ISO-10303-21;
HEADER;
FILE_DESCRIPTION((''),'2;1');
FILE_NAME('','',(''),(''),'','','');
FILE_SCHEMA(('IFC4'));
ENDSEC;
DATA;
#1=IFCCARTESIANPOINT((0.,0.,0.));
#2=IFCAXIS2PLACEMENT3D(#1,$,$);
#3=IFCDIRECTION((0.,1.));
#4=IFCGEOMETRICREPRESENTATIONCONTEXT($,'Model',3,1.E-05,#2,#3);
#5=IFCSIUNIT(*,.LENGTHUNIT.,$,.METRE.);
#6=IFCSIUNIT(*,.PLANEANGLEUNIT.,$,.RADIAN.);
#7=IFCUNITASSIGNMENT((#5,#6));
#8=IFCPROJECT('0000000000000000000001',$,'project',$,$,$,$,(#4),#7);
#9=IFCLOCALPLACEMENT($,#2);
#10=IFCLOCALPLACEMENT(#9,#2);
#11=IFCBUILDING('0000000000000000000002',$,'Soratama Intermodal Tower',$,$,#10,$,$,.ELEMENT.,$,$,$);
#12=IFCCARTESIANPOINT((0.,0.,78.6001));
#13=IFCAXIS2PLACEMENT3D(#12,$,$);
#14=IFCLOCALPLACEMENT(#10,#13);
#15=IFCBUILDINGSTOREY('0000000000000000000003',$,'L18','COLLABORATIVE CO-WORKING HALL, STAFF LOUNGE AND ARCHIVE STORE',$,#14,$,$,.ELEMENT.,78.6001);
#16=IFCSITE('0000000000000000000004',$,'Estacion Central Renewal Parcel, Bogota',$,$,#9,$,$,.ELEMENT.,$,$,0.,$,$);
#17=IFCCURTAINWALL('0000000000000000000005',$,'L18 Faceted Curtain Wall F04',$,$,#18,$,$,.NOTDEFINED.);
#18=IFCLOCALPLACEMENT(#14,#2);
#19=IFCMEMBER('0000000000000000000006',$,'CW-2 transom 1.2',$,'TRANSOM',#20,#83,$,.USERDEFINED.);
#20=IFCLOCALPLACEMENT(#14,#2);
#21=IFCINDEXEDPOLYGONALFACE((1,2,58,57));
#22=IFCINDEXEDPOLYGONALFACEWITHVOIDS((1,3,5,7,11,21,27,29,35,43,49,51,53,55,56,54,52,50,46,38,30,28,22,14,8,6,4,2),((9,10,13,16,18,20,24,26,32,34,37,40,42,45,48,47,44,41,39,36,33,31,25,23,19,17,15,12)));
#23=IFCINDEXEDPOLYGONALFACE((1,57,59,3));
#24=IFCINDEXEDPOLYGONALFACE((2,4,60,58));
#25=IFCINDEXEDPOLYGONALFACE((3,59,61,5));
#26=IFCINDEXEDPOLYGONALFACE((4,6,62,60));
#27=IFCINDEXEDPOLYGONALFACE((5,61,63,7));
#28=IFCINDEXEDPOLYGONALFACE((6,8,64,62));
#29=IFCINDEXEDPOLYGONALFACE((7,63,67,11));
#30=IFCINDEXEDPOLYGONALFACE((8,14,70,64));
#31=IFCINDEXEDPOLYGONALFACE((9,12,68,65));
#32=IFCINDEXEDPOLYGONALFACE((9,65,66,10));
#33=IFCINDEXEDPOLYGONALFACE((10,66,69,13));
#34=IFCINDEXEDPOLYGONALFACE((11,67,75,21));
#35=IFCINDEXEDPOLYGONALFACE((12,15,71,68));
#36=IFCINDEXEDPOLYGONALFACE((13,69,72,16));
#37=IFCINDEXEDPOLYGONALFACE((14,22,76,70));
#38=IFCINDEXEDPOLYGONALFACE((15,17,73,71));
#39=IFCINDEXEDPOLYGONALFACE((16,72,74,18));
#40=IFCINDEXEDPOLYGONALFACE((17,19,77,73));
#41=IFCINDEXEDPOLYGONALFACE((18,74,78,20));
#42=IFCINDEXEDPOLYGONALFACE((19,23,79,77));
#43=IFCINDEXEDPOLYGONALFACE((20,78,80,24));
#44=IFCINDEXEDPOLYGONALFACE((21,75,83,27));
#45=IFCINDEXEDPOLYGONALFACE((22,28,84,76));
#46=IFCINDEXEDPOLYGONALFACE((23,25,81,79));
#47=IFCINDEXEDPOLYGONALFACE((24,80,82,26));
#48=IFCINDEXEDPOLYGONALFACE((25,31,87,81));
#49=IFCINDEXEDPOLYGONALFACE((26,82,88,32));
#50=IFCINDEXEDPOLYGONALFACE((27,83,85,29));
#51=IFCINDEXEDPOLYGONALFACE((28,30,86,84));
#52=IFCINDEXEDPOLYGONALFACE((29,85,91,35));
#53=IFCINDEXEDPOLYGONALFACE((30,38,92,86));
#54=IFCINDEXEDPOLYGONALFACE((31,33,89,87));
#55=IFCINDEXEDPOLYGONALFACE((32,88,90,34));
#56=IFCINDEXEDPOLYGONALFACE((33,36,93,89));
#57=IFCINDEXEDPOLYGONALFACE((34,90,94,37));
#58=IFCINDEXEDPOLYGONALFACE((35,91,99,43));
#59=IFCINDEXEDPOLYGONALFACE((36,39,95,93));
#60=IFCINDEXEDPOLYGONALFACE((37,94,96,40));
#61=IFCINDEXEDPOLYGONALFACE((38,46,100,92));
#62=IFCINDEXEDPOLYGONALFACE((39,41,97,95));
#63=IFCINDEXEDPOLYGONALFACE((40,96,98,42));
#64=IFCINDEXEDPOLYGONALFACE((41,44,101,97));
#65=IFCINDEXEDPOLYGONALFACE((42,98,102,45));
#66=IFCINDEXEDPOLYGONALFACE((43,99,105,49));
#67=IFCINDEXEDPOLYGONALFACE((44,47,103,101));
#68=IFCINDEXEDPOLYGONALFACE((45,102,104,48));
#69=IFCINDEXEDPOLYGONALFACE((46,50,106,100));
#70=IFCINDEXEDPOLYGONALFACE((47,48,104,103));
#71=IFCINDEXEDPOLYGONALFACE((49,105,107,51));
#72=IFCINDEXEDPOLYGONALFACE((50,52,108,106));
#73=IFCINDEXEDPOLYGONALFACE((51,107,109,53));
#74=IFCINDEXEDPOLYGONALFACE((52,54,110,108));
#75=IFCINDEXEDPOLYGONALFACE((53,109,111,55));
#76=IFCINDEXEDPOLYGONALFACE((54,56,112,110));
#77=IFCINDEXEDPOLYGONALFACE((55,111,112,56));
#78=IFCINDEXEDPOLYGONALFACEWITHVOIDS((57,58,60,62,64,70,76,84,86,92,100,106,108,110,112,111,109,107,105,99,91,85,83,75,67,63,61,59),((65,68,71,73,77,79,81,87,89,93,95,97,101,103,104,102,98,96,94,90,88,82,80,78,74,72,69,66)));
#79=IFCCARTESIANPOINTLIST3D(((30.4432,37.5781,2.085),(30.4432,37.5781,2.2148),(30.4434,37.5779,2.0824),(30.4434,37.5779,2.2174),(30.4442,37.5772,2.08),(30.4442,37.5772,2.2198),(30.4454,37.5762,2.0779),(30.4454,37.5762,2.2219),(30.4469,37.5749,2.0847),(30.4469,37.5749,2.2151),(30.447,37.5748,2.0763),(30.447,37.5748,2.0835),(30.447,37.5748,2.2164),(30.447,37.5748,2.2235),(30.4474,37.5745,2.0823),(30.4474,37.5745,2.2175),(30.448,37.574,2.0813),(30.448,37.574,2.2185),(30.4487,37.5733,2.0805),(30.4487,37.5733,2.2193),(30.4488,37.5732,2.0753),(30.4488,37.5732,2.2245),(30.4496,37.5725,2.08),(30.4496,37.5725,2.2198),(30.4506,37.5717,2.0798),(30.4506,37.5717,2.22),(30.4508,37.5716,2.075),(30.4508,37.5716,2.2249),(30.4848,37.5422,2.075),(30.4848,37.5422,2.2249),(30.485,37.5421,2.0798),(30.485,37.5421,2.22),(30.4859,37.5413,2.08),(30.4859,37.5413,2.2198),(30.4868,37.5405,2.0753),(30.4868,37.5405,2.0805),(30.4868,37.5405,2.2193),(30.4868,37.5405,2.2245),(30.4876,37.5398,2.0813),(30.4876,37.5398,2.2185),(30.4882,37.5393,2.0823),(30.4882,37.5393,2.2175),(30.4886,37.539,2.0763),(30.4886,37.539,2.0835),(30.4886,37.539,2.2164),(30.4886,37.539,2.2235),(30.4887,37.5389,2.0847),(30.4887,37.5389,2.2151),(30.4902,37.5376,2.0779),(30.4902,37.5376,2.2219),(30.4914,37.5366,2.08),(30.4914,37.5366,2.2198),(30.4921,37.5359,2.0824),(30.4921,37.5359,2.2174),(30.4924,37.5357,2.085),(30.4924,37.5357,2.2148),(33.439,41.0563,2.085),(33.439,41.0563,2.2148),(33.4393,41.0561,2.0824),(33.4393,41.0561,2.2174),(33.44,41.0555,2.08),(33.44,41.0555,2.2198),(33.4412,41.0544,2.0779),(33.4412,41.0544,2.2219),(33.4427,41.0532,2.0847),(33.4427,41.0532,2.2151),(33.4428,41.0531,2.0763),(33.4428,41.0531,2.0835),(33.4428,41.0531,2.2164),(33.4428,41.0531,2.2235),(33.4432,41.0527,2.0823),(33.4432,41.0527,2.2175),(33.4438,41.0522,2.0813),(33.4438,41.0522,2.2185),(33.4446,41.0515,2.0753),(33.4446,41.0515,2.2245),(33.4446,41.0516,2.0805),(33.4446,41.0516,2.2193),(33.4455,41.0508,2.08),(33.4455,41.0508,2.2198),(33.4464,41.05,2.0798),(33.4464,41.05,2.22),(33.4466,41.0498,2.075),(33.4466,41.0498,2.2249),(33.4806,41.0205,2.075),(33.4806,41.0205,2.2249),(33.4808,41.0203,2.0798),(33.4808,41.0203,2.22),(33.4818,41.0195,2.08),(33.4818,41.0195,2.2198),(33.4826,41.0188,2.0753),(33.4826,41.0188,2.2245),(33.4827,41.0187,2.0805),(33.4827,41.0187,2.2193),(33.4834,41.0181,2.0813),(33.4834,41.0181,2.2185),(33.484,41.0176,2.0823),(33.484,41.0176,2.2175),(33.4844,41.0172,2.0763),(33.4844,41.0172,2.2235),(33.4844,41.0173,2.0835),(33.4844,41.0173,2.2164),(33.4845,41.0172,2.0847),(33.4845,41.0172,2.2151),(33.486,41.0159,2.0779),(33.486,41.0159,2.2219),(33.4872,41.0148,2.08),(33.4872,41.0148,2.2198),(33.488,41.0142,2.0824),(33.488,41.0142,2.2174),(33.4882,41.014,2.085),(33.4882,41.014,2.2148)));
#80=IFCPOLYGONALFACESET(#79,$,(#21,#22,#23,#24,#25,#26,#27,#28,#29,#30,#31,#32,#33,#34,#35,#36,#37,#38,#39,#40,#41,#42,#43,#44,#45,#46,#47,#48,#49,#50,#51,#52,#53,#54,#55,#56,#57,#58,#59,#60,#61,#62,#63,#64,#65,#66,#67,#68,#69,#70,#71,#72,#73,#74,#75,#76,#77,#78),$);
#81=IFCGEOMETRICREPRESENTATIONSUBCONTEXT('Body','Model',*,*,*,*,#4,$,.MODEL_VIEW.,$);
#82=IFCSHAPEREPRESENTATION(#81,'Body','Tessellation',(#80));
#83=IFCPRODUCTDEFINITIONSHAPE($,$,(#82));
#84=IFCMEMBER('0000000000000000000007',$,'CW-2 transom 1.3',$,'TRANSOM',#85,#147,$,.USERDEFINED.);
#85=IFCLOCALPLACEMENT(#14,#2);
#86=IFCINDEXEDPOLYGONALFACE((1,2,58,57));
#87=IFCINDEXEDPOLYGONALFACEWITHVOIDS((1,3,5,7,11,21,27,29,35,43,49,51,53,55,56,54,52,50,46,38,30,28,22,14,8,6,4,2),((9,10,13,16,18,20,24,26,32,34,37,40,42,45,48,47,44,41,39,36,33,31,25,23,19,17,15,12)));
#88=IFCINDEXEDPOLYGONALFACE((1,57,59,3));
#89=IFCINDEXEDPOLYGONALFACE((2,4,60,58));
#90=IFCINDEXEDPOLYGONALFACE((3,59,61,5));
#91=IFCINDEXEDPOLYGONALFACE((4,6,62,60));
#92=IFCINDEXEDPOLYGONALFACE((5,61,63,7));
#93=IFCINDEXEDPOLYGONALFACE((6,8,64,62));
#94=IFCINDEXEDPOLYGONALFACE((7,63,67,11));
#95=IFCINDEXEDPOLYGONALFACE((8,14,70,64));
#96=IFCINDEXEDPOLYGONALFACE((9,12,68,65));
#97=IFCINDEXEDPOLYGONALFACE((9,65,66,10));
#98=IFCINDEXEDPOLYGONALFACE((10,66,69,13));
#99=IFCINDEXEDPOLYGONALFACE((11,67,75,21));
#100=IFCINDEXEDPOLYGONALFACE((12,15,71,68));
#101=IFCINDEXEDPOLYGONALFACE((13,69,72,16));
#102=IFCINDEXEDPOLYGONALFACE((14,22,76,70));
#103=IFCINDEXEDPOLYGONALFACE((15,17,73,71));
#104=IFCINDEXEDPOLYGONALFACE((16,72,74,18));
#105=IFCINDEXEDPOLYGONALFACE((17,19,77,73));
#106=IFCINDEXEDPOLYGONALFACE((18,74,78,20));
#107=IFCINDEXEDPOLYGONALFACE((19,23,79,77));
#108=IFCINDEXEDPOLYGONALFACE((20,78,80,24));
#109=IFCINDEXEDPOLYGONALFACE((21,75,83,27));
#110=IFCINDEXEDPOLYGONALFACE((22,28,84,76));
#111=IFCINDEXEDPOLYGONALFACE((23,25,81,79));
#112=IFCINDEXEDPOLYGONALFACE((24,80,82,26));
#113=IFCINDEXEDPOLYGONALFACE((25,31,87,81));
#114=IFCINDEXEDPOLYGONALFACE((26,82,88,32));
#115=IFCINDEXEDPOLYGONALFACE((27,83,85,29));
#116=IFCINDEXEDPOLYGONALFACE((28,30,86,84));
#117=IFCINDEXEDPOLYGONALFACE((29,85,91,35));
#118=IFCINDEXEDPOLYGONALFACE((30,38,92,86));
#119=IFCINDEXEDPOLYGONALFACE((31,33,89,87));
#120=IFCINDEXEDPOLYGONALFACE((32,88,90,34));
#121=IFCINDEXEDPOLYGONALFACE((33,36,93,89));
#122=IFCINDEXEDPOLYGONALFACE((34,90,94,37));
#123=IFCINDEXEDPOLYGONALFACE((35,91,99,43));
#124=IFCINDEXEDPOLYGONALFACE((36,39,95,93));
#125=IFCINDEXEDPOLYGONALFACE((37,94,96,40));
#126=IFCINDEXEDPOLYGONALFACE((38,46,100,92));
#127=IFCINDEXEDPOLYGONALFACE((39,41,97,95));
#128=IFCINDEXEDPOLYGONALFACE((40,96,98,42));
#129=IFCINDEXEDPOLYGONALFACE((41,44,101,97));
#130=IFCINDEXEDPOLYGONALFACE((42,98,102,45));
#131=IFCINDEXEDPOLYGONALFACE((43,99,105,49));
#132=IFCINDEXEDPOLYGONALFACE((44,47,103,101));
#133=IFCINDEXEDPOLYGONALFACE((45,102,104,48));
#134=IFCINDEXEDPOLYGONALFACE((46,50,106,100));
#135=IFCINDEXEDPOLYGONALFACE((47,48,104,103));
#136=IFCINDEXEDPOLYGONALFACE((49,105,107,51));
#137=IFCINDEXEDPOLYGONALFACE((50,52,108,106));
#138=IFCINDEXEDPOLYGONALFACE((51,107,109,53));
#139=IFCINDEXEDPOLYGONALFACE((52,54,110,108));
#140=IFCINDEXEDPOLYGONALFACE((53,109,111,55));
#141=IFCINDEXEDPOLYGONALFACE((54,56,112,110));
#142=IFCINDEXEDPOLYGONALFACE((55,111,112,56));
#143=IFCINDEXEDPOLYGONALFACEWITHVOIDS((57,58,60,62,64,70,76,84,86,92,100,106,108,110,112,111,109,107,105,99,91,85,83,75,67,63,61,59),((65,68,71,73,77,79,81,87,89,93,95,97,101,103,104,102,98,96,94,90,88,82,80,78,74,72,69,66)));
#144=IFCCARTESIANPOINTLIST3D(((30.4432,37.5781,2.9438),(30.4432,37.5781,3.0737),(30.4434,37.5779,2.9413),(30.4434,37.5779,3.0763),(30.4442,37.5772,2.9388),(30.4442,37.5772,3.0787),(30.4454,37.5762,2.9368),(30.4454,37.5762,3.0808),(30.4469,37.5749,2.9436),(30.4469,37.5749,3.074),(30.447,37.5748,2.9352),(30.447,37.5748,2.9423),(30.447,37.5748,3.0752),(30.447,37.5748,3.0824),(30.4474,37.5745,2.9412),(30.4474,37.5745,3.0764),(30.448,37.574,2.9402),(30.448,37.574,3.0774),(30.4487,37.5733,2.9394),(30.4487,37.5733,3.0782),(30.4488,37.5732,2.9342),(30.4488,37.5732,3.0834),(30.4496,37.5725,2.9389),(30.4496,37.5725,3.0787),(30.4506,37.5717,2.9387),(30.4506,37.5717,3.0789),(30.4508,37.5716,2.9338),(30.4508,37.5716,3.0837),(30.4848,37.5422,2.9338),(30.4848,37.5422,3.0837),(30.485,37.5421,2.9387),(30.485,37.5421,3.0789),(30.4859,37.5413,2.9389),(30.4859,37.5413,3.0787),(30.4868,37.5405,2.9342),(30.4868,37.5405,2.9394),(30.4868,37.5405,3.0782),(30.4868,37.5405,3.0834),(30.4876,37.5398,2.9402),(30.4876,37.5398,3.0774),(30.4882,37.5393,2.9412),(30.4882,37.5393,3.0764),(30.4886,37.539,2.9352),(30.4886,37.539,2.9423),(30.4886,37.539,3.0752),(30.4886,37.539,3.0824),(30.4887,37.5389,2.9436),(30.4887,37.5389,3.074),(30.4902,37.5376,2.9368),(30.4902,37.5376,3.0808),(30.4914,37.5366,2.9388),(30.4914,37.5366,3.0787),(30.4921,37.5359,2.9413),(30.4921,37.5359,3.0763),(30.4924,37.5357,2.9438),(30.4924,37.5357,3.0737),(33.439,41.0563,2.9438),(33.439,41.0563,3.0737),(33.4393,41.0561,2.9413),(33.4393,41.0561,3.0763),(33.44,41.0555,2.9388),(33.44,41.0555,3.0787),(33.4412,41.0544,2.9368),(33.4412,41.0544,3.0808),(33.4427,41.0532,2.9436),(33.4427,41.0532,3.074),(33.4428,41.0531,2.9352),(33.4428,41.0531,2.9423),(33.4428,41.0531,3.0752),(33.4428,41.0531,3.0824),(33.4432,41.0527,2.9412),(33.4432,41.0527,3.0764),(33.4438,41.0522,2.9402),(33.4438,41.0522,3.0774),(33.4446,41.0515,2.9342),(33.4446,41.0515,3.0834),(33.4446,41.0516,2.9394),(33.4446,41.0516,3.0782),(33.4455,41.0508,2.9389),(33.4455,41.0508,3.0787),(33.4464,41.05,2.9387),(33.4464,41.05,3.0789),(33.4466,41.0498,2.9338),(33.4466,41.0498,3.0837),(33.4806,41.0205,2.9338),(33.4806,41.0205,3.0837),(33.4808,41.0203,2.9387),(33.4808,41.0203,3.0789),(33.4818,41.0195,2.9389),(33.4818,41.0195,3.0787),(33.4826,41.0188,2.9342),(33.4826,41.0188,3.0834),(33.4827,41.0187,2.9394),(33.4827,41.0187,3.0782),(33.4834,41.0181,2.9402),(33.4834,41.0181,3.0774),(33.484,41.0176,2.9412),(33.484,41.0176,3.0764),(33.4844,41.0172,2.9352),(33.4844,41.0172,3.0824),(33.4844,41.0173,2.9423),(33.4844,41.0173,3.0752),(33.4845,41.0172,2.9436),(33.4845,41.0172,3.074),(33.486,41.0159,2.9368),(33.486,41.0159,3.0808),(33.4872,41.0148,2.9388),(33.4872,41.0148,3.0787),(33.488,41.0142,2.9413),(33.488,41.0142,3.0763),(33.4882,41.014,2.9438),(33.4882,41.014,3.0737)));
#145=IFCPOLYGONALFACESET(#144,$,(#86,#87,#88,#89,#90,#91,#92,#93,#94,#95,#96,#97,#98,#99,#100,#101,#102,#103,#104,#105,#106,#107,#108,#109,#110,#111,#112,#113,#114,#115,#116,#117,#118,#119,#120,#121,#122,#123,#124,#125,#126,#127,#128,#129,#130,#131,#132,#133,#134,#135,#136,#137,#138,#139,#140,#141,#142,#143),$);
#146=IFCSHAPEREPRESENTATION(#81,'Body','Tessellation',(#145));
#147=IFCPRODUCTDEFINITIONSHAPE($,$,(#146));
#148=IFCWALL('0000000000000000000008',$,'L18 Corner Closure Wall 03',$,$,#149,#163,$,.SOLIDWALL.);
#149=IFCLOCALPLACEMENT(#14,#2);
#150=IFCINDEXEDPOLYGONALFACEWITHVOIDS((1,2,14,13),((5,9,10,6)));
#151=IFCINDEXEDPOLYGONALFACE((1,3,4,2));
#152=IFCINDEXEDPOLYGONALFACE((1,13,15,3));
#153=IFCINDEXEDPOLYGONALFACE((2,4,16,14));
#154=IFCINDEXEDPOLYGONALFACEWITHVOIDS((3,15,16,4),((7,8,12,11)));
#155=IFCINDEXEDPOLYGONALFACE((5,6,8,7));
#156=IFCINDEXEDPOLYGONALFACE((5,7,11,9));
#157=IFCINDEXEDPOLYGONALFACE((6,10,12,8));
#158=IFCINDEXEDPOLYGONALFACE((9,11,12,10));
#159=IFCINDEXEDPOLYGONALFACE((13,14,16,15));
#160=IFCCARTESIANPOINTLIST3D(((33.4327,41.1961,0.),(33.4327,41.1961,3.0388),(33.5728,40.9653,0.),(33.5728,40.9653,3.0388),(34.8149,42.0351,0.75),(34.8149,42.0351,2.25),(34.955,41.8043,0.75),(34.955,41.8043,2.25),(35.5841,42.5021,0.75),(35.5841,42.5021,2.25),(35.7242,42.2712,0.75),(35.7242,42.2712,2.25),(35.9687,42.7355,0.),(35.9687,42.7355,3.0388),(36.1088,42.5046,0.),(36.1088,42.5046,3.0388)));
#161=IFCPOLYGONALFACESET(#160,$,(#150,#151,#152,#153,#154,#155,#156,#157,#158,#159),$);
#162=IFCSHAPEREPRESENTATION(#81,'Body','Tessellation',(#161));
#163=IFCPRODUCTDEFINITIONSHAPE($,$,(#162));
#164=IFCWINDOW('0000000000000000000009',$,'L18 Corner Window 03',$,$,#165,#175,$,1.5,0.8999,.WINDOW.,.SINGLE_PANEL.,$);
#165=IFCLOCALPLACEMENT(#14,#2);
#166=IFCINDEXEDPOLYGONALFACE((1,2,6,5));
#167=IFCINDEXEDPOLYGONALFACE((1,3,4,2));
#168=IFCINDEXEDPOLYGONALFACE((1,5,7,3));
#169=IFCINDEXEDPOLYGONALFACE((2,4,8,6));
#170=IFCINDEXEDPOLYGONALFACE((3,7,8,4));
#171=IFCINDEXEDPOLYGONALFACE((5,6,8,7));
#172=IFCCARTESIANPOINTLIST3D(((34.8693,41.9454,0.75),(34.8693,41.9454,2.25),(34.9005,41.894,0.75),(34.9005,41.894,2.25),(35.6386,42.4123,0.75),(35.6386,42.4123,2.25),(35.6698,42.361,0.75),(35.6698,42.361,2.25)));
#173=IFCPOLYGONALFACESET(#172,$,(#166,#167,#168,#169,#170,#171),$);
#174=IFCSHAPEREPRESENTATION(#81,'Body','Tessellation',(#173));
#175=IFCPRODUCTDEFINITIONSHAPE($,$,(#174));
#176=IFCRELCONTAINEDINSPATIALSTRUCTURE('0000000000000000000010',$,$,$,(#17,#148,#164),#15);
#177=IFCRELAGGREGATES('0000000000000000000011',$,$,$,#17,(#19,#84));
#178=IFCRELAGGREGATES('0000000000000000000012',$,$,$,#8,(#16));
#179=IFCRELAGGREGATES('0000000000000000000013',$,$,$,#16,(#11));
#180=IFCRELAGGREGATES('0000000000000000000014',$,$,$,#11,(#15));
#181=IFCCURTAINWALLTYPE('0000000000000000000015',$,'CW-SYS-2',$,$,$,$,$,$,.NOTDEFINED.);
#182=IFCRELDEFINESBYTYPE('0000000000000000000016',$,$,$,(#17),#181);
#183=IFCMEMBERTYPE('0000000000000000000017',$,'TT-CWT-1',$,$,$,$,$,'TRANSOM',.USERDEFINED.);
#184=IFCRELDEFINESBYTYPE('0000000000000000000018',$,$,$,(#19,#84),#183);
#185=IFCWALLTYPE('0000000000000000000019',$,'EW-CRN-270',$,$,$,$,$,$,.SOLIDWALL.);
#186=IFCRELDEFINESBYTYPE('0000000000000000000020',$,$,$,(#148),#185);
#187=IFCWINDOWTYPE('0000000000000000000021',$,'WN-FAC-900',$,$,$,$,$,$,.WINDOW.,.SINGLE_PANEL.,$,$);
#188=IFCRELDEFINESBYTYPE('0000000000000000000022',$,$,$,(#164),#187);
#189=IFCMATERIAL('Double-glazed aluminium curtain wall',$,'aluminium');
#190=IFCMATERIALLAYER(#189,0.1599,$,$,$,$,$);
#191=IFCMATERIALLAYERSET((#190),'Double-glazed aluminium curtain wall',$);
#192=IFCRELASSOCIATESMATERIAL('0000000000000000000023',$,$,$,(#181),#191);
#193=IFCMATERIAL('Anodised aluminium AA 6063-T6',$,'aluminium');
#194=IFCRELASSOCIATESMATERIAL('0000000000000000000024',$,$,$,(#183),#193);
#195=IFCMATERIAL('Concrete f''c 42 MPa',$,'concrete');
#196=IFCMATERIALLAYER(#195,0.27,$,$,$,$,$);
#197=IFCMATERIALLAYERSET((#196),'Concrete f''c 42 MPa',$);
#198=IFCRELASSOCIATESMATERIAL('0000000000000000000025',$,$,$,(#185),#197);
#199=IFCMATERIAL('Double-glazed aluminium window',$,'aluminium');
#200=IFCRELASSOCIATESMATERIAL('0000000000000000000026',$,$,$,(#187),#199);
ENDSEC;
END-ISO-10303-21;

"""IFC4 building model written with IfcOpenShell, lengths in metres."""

from ifc_helpers import new_model, si_unit, direction, frame, frame_2d, origin, origin_2d, place, context, subcontext, project, spatial, rectangle, hollow_rectangle, extrude, material, layer, layer_set, material_profile, profile_set, type_object, element, fill, aggregate, save


model = new_model("IFC4")

# Units and contexts
model_context = context("Model", 3, precision=1e-05, world=origin(), true_north=direction((0.0, 1.0)))
body_context = subcontext(model_context, "Body", "Model", "MODEL_VIEW")
ifc_project = project(units=[si_unit("LENGTHUNIT", "METRE"), si_unit("PLANEANGLEUNIT", "RADIAN")], contexts=[model_context])

# Site, building, storey
site_placement = place(None, origin())
site = spatial("IfcSite", under=ifc_project, at=site_placement, Name="Estacion Central Renewal Parcel, Bogota", CompositionType="ELEMENT", RefElevation=0.0)
building_placement = place(site_placement, origin())
building = spatial("IfcBuilding", under=site, at=building_placement, Name="Soratama Intermodal Tower", CompositionType="ELEMENT")
storey_placement = place(building_placement, frame((0.0, 0.0, 78.6001)))
storey = spatial("IfcBuildingStorey", under=building, at=storey_placement, Name="L18", Description="COLLABORATIVE CO-WORKING HALL, STAFF LOUNGE AND ARCHIVE STORE", CompositionType="ELEMENT", Elevation=78.6001)

# Curtain wall, members
ifc_material_1 = material(Name="Double-glazed aluminium curtain wall", Category="aluminium")
ifc_layer_1 = layer(ifc_material_1, 0.1599)
ifc_layer_set_1 = layer_set([ifc_layer_1], Name="Double-glazed aluminium curtain wall")
curtain_wall_type = type_object("IfcCurtainWallType", Name="CW-SYS-2", PredefinedType="NOTDEFINED", material=ifc_layer_set_1)
curtain_wall_placement = place(storey_placement, origin())
curtain_wall = element("IfcCurtainWall", 1, at=curtain_wall_placement, inside=storey, type_object=curtain_wall_type, Name="L18 Faceted Curtain Wall F04", PredefinedType="NOTDEFINED")
ifc_material_2 = material(Name="Anodised aluminium AA 6063-T6", Category="aluminium")
ifc_material_profile_1 = material_profile(ifc_material_2, hollow_rectangle(XDim=0.0649, YDim=0.1499, WallThickness=0.0049, InnerFilletRadius=0.0049, OuterFilletRadius=0.01, at=origin_2d()), Name="CWT150X65X5")
ifc_profile_set_1 = profile_set([ifc_material_profile_1], Name="Anodised aluminium AA 6063-T6")
member_type_1 = type_object("IfcMemberType", Name="TT-CWT-1", ElementType="TRANSOM", PredefinedType="USERDEFINED", material=ifc_profile_set_1)
member_1_placement = place(storey_placement, frame((33.4636, 41.0352, 2.1499), z_axis=(-0.652607, -0.757696, 0.0), x_axis=(0.757696, -0.652607, 0.0)))
member_1 = element("IfcMember", 2, at=member_1_placement, type_object=member_type_1, Name="CW-2 transom 1.2", ObjectType="TRANSOM", PredefinedType="USERDEFINED", context=body_context, shape_type="SweptSolid", body=[
    extrude(hollow_rectangle(XDim=0.0649, YDim=0.1499, WallThickness=0.0049, InnerFilletRadius=0.0049, OuterFilletRadius=0.01, at=origin_2d()), origin(), (0.0, 0.0, 1.0), 4.5906),
])
member_2_placement = place(storey_placement, frame((33.4636, 41.0352, 3.0088), z_axis=(-0.652607, -0.757696, 0.0), x_axis=(0.757696, -0.652607, 0.0)))
member_2 = element("IfcMember", 3, at=member_2_placement, type_object=member_type_1, Name="CW-2 transom 1.3", ObjectType="TRANSOM", PredefinedType="USERDEFINED", context=body_context, shape_type="SweptSolid", body=[
    extrude(hollow_rectangle(XDim=0.0649, YDim=0.1499, WallThickness=0.0049, InnerFilletRadius=0.0049, OuterFilletRadius=0.01, at=origin_2d()), origin(), (0.0, 0.0, 1.0), 4.5906),
])
aggregate(curtain_wall, [member_1, member_2])

# Wall, opening, window
ifc_material_3 = material(Name="Concrete f'c 42 MPa", Category="concrete")
ifc_layer_2 = layer(ifc_material_3, 0.27)
ifc_layer_set_2 = layer_set([ifc_layer_2], Name="Concrete f'c 42 MPa")
wall_type_1 = type_object("IfcWallType", Name="EW-CRN-270", PredefinedType="SOLIDWALL", material=ifc_layer_set_2)
wall_1_placement = place(storey_placement, frame((36.0388, 42.6201, 0.0), z_axis=(0.0, 0.0, 1.0), x_axis=(-0.854838, -0.518894, 0.0)))
wall_1 = element("IfcWall", 4, at=wall_1_placement, inside=storey, type_object=wall_type_1, Name="L18 Corner Closure Wall 03", PredefinedType="SOLIDWALL", context=body_context, shape_type="SweptSolid", body=[
    extrude(rectangle(XDim=2.9666, YDim=0.27, at=frame_2d((1.4834, 0.0))), origin(), (0.0, 0.0, 1.0), 3.0388),
])
opening_1_placement = place(wall_1_placement, frame((0.45, 0.0, 0.75)))
opening_1 = element("IfcOpeningElement", 5, at=opening_1_placement, cuts=wall_1, PredefinedType="OPENING", context=body_context, shape_type="SweptSolid", body=[
    extrude(rectangle(XDim=0.8999, YDim=1.5, at=frame_2d((0.45, 0.75))), frame((0.0, 0.145, 0.0), z_axis=(0.0, -1.0, 0.0), x_axis=(1.0, 0.0, 0.0)), (0.0, 0.0, 1.0), 0.29),
])
ifc_material_4 = material(Name="Double-glazed aluminium window", Category="aluminium")
window_type = type_object("IfcWindowType", Name="WN-FAC-900", PartitioningType="SINGLE_PANEL", PredefinedType="WINDOW", material=ifc_material_4)
window_placement = place(opening_1_placement, origin())
window = element("IfcWindow", 6, at=window_placement, inside=storey, type_object=window_type, Name="L18 Corner Window 03", OverallHeight=1.5, OverallWidth=0.8999, PartitioningType="SINGLE_PANEL", PredefinedType="WINDOW", context=body_context, shape_type="SweptSolid", body=[
    extrude(rectangle(XDim=0.8999, YDim=1.5, at=frame_2d((0.45, 0.75))), frame((0.0, 0.03, 0.0), z_axis=(0.0, -1.0, 0.0), x_axis=(1.0, 0.0, 0.0)), (0.0, 0.0, 1.0), 0.0601),
])
fill(opening_1, window)

save(model, "model.ifc")
